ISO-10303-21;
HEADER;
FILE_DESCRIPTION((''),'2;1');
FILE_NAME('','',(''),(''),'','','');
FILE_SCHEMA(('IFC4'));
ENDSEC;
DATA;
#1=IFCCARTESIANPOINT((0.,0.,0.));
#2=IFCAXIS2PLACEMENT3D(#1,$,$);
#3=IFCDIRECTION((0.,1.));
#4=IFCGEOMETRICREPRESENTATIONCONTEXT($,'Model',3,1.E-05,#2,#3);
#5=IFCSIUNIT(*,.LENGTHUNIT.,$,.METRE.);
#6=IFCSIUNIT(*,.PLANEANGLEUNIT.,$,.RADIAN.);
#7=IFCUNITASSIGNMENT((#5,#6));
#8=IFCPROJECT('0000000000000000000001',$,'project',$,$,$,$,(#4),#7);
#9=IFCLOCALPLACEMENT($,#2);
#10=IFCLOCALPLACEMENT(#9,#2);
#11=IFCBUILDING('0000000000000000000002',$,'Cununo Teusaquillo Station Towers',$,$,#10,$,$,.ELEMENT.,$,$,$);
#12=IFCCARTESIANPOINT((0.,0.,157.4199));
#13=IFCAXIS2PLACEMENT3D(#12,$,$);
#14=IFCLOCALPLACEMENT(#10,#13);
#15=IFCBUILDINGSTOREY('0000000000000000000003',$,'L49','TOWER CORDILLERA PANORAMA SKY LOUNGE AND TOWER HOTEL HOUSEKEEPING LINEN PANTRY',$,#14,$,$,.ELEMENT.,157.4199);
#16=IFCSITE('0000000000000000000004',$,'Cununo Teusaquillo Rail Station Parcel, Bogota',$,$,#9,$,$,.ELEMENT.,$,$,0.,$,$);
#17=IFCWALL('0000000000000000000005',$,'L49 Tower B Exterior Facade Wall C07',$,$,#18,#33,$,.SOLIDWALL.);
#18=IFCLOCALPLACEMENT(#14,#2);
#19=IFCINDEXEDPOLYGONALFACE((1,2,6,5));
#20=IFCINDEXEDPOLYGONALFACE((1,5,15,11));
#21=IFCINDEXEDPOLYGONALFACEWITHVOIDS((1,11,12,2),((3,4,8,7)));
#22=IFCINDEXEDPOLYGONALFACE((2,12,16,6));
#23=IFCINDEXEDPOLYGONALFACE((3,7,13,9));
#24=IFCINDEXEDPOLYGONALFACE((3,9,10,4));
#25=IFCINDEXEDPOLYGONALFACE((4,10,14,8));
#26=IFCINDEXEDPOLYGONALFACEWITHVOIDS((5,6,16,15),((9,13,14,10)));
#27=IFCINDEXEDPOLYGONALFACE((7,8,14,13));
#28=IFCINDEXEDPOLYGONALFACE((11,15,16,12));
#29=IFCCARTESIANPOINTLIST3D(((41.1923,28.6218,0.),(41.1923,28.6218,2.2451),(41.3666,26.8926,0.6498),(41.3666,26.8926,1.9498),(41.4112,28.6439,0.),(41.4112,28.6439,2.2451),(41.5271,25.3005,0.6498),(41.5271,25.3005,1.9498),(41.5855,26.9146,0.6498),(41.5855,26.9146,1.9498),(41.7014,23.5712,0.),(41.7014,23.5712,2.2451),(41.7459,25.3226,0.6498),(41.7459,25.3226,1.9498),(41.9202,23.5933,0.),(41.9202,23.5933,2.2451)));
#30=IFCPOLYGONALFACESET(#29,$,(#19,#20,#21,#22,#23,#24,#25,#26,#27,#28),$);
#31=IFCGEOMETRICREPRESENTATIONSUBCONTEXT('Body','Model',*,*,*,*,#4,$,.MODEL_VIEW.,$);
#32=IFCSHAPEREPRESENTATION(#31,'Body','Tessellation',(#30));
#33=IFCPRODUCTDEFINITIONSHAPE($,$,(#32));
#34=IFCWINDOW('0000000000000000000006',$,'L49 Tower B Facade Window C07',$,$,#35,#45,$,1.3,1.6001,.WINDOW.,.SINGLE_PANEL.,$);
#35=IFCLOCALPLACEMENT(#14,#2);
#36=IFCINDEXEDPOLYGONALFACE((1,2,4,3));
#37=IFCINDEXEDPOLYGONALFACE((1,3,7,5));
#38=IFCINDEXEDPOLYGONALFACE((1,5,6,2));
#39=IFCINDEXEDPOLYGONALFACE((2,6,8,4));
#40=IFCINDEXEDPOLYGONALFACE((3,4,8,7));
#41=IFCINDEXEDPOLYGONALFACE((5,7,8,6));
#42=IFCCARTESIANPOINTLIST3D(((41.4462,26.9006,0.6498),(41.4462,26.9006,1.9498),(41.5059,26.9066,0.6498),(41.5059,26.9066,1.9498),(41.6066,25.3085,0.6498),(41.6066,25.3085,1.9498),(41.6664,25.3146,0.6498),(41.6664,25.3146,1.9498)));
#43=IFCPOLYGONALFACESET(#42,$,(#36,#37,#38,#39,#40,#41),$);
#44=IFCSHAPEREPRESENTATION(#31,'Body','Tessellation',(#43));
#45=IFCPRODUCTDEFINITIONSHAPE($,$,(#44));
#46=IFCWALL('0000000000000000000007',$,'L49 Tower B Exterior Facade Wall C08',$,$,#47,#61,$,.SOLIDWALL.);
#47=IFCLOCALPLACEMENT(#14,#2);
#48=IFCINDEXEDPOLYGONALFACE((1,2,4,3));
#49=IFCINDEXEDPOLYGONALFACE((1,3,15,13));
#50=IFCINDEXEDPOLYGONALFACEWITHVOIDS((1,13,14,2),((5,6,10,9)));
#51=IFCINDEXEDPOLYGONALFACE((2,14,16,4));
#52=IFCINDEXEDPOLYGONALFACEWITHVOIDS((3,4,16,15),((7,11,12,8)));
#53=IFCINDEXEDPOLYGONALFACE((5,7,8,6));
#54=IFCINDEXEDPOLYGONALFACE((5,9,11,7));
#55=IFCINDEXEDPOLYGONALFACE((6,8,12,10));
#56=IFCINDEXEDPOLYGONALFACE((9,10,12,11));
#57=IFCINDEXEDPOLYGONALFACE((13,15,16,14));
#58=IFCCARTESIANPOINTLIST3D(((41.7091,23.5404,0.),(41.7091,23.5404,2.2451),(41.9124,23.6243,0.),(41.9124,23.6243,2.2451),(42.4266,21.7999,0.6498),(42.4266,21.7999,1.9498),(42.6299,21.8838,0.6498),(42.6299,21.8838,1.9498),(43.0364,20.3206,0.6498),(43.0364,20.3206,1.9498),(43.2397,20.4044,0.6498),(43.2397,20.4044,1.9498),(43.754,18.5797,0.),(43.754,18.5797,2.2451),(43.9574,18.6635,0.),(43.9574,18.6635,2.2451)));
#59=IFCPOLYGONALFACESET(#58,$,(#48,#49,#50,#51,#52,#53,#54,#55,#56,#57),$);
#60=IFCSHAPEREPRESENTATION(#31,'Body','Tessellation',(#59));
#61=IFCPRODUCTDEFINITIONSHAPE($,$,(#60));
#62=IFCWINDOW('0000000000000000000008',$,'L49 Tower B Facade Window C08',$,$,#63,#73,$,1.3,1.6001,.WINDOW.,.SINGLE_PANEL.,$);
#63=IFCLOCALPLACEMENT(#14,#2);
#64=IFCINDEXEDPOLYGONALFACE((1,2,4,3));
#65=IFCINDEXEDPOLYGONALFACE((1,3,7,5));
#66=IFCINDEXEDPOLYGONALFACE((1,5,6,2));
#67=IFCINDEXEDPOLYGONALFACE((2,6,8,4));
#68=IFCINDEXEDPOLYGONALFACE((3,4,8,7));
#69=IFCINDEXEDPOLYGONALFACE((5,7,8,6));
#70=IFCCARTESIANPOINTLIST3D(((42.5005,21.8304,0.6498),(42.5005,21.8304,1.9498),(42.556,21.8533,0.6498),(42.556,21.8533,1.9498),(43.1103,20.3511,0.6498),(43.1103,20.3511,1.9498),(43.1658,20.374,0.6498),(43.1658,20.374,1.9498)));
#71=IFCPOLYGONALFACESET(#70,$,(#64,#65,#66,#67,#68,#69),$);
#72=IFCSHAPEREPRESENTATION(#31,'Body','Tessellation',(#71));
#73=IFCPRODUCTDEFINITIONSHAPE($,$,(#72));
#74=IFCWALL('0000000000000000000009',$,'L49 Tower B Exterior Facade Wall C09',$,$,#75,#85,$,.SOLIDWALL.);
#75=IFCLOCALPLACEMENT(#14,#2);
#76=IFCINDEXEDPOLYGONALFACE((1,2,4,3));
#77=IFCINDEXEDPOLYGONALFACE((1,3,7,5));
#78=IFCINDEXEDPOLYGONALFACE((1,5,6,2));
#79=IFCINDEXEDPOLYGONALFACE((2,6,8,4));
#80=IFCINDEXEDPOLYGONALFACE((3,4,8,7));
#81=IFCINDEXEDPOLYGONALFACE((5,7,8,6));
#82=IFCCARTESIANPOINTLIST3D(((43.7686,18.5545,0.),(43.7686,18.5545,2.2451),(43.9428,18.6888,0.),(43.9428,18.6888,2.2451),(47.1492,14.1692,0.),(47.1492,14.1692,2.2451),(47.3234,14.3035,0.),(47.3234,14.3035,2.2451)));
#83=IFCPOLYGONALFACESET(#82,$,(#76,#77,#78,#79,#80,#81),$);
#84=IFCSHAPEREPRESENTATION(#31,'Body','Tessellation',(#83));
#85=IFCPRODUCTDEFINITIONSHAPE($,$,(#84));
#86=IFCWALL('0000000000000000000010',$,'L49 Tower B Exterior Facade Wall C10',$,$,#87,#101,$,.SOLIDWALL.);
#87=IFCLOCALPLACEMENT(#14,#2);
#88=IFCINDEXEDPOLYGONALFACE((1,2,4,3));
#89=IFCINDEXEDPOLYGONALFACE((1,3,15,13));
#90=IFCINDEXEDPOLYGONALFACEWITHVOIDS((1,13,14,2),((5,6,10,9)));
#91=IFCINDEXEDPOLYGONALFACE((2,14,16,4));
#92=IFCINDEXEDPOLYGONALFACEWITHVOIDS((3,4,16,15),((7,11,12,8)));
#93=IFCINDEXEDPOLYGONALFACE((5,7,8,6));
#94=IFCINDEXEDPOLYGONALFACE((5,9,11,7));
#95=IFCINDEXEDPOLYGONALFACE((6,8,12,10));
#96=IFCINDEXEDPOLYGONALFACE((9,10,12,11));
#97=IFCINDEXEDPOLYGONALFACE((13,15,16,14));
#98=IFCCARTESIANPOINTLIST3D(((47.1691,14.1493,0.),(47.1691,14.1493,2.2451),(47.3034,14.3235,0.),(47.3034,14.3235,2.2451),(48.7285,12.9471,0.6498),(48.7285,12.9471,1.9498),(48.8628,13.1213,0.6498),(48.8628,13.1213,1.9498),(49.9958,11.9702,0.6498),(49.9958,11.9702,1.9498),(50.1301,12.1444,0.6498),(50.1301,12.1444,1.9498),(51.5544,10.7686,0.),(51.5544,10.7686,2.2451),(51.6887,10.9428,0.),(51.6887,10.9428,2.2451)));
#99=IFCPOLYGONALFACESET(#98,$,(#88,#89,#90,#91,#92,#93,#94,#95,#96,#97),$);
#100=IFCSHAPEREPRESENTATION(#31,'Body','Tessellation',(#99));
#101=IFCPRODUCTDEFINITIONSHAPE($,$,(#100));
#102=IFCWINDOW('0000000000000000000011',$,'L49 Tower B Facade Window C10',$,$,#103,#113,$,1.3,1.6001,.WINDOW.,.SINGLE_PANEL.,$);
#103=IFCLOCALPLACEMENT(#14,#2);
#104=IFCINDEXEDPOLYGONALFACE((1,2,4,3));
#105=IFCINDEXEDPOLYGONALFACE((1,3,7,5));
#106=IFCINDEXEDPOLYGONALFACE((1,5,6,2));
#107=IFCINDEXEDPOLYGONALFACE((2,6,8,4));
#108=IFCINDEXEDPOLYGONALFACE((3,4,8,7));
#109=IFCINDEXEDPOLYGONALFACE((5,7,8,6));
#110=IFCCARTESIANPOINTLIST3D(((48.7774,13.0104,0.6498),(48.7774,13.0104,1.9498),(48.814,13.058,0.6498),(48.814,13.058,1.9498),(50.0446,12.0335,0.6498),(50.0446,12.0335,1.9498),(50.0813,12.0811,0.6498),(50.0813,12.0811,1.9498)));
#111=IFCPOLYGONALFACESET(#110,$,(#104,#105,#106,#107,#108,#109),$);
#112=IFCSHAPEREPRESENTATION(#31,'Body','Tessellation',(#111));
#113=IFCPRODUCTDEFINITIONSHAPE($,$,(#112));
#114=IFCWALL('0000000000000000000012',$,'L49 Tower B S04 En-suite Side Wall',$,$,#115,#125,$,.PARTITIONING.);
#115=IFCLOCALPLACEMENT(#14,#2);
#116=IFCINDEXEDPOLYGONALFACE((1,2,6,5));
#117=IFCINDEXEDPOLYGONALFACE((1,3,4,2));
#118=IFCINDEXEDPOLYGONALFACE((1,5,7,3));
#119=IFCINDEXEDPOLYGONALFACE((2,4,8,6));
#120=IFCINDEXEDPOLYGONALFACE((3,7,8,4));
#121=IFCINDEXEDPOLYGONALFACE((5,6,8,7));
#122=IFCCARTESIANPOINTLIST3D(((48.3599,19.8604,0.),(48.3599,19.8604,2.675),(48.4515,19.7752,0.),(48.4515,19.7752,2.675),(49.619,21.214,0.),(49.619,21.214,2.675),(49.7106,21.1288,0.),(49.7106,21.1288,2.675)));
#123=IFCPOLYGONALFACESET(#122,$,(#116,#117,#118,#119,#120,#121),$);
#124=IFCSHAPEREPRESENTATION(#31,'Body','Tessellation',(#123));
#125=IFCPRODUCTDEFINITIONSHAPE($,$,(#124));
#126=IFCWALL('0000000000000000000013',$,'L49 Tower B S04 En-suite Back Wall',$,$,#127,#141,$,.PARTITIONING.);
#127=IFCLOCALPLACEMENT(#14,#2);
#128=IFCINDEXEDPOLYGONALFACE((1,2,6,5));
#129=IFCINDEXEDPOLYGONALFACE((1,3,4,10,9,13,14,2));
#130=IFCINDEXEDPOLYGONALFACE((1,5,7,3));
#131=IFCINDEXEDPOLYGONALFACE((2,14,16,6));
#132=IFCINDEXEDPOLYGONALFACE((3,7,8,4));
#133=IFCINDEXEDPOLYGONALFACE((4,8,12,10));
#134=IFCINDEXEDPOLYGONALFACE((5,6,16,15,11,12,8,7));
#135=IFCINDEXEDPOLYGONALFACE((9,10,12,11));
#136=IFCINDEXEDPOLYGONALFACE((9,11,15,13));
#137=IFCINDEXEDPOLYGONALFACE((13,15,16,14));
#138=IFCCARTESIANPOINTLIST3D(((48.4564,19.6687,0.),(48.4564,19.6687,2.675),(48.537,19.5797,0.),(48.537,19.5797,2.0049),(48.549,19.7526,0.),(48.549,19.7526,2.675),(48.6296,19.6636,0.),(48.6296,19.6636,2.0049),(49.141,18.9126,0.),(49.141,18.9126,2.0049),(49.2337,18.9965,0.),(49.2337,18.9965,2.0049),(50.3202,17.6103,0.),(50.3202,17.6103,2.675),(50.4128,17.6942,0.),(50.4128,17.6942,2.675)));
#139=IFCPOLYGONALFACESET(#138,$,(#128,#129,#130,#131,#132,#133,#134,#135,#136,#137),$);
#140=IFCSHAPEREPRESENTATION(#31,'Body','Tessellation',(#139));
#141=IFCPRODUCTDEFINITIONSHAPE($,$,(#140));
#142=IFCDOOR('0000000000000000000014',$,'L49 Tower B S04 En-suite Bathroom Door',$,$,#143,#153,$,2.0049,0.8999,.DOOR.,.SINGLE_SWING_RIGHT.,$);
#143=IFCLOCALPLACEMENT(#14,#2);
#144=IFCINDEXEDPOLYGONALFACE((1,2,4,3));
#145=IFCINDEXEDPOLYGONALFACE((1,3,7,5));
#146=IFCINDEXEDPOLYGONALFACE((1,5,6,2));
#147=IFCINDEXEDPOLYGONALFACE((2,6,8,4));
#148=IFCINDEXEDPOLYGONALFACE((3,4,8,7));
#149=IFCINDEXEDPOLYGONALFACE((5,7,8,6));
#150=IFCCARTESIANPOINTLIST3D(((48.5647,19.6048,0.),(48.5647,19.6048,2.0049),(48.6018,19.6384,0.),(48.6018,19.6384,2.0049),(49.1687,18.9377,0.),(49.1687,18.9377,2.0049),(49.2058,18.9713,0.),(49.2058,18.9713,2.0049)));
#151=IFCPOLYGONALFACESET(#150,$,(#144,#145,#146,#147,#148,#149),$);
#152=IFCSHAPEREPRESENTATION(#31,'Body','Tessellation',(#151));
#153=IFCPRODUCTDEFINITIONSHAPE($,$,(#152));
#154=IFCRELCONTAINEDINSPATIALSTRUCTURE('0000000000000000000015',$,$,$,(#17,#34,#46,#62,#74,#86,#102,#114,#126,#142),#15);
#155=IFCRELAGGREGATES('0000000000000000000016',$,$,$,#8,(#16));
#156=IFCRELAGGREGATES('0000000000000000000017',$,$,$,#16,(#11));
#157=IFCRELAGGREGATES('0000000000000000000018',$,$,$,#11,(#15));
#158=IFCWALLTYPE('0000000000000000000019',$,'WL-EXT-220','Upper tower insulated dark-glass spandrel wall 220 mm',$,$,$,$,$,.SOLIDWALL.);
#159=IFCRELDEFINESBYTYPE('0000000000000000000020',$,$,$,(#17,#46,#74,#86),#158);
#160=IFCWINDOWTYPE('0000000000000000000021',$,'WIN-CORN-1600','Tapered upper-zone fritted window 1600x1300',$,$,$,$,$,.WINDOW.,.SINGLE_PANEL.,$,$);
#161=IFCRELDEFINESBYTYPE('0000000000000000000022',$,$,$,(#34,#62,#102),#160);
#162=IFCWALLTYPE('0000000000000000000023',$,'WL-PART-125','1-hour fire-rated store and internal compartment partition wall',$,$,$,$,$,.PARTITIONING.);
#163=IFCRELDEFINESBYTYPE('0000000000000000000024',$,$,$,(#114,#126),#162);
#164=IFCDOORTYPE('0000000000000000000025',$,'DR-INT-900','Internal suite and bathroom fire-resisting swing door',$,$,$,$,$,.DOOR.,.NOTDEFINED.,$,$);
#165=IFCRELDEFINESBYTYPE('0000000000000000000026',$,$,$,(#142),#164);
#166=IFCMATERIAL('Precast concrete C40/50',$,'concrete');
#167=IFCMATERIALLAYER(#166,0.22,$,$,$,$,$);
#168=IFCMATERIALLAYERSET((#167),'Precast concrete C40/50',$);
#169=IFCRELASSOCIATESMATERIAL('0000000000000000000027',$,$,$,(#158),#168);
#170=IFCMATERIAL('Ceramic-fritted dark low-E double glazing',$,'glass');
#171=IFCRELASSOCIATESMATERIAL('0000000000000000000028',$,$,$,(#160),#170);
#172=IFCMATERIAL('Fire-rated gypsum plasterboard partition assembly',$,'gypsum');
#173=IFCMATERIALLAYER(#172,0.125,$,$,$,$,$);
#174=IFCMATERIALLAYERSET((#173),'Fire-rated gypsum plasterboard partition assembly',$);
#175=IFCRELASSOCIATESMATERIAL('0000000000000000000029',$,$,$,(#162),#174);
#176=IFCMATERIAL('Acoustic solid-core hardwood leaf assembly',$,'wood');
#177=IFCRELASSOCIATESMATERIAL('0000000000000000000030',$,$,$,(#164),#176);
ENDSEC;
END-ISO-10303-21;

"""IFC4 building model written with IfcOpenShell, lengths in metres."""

from ifc_helpers import new_model, si_unit, direction, frame, frame_2d, origin, place, context, subcontext, project, spatial, rectangle, extrude, source, transform, mapped, material, layer, layer_set, type_object, element, fill, save


model = new_model("IFC4")

# Units and contexts
model_context = context("Model", 3, precision=1e-05, world=origin(), true_north=direction((0.0, 1.0)))
body_context = subcontext(model_context, "Body", "Model", "MODEL_VIEW")
ifc_project = project(units=[si_unit("LENGTHUNIT", "METRE"), si_unit("PLANEANGLEUNIT", "RADIAN")], contexts=[model_context])

# Site, building, storey
site_placement = place(None, origin())
site = spatial("IfcSite", under=ifc_project, at=site_placement, Name="Cununo Teusaquillo Rail Station Parcel, Bogota", CompositionType="ELEMENT", RefElevation=0.0)
building_placement = place(site_placement, origin())
building = spatial("IfcBuilding", under=site, at=building_placement, Name="Cununo Teusaquillo Station Towers", CompositionType="ELEMENT")
storey_placement = place(building_placement, frame((0.0, 0.0, 157.4199)))
storey = spatial("IfcBuildingStorey", under=building, at=storey_placement, Name="L49", Description="TOWER CORDILLERA PANORAMA SKY LOUNGE AND TOWER HOTEL HOUSEKEEPING LINEN PANTRY", CompositionType="ELEMENT", Elevation=157.4199)

# Shared definitions
ifc_material_1 = material(Name="Precast concrete C40/50", Category="concrete")
ifc_layer_1 = layer(ifc_material_1, 0.22)
ifc_layer_set_1 = layer_set([ifc_layer_1], Name="Precast concrete C40/50")
wall_type_1 = type_object("IfcWallType", Name="WL-EXT-220", Description="Upper tower insulated dark-glass spandrel wall 220 mm", PredefinedType="SOLIDWALL", material=ifc_layer_set_1)

# Walls, openings, windows
shared_shape_1 = source(origin(), body_context, "Body", "SweptSolid", [
    extrude(rectangle(XDim=1.6001, YDim=1.3, at=frame_2d((0.8, 0.6499))), frame((0.0, 0.1199, 0.0), z_axis=(0.0, -1.0, 0.0), x_axis=(1.0, 0.0, 0.0)), (0.0, 0.0, 1.0), 0.24),
])
ifc_material_2 = material(Name="Ceramic-fritted dark low-E double glazing", Category="glass")
window_type = type_object("IfcWindowType", Name="WIN-CORN-1600", Description="Tapered upper-zone fritted window 1600x1300", PartitioningType="SINGLE_PANEL", PredefinedType="WINDOW", material=ifc_material_2)
shared_shape_2 = source(origin(), body_context, "Body", "SweptSolid", [
    extrude(rectangle(XDim=1.6001, YDim=1.3, at=frame_2d((0.8, 0.6499))), frame((0.0, 0.03, 0.0), z_axis=(0.0, -1.0, 0.0), x_axis=(1.0, 0.0, 0.0)), (0.0, 0.0, 1.0), 0.0601),
])
wall_1_placement = place(storey_placement, frame((41.8108, 23.5823, 0.0), z_axis=(0.0, 0.0, 1.0), x_axis=(-0.10028, 0.994959, 0.0)))
wall_1 = element("IfcWall", 1, at=wall_1_placement, inside=storey, type_object=wall_type_1, Name="L49 Tower B Exterior Facade Wall C07", PredefinedType="SOLIDWALL", context=body_context, shape_type="SweptSolid", body=[
    extrude(rectangle(XDim=5.0762, YDim=0.22, at=frame_2d((2.5381, 0.0))), origin(), (0.0, 0.0, 1.0), 2.2451),
])
opening_1_placement = place(wall_1_placement, frame((1.738, 0.0, 0.6499)))
opening_1 = element("IfcOpeningElement", 2, at=opening_1_placement, cuts=wall_1, PredefinedType="OPENING", context=body_context, shape_type="MappedRepresentation", body=[
    mapped(shared_shape_1, transform((0.0, 0.0, 0.0), x_axis=(1.0, 0.0, 0.0), y_axis=(0.0, 1.0, 0.0), z_axis=(0.0, 0.0, 1.0), scale=1.0)),
])
window_1_placement = place(opening_1_placement, origin())
window_1 = element("IfcWindow", 3, at=window_1_placement, inside=storey, type_object=window_type, Name="L49 Tower B Facade Window C07", OverallHeight=1.3, OverallWidth=1.6001, PartitioningType="SINGLE_PANEL", PredefinedType="WINDOW", context=body_context, shape_type="MappedRepresentation", body=[
    mapped(shared_shape_2, transform((0.0, 0.0, 0.0), x_axis=(1.0, 0.0, 0.0), y_axis=(0.0, 1.0, 0.0), z_axis=(0.0, 0.0, 1.0), scale=1.0)),
])
fill(opening_1, window_1)
wall_2_placement = place(storey_placement, frame((43.8557, 18.6216, 0.0), z_axis=(0.0, 0.0, 1.0), x_axis=(-0.381114, 0.924528, 0.0)))
wall_2 = element("IfcWall", 4, at=wall_2_placement, inside=storey, type_object=wall_type_1, Name="L49 Tower B Exterior Facade Wall C08", PredefinedType="SOLIDWALL", context=body_context, shape_type="SweptSolid", body=[
    extrude(rectangle(XDim=5.3657, YDim=0.22, at=frame_2d((2.6829, 0.0))), origin(), (0.0, 0.0, 1.0), 2.2451),
])
opening_2_placement = place(wall_2_placement, frame((1.8831, 0.0, 0.6499)))
opening_2 = element("IfcOpeningElement", 5, at=opening_2_placement, cuts=wall_2, PredefinedType="OPENING", context=body_context, shape_type="MappedRepresentation", body=[
    mapped(shared_shape_1, transform((0.0, 0.0, 0.0), x_axis=(1.0, 0.0, 0.0), y_axis=(0.0, 1.0, 0.0), z_axis=(0.0, 0.0, 1.0), scale=1.0)),
])
window_2_placement = place(opening_2_placement, origin())
window_2 = element("IfcWindow", 6, at=window_2_placement, inside=storey, type_object=window_type, Name="L49 Tower B Facade Window C08", OverallHeight=1.3, OverallWidth=1.6001, PartitioningType="SINGLE_PANEL", PredefinedType="WINDOW", context=body_context, shape_type="MappedRepresentation", body=[
    mapped(shared_shape_2, transform((0.0, 0.0, 0.0), x_axis=(1.0, 0.0, 0.0), y_axis=(0.0, 1.0, 0.0), z_axis=(0.0, 0.0, 1.0), scale=1.0)),
])
fill(opening_2, window_2)

# Wall
wall_3_placement = place(storey_placement, frame((47.2363, 14.2363, 0.0), z_axis=(0.0, 0.0, 1.0), x_axis=(-0.610544, 0.791983, 0.0)))
element("IfcWall", 7, at=wall_3_placement, inside=storey, type_object=wall_type_1, Name="L49 Tower B Exterior Facade Wall C09", PredefinedType="SOLIDWALL", context=body_context, shape_type="SweptSolid", body=[
    extrude(rectangle(XDim=5.5371, YDim=0.22, at=frame_2d((2.7686, 0.0))), origin(), (0.0, 0.0, 1.0), 2.2451),
])

# Wall, opening, window
wall_4_placement = place(storey_placement, frame((51.6216, 10.8557, 0.0), z_axis=(0.0, 0.0, 1.0), x_axis=(-0.791983, 0.610544, 0.0)))
wall_4 = element("IfcWall", 8, at=wall_4_placement, inside=storey, type_object=wall_type_1, Name="L49 Tower B Exterior Facade Wall C10", PredefinedType="SOLIDWALL", context=body_context, shape_type="SweptSolid", body=[
    extrude(rectangle(XDim=5.5371, YDim=0.22, at=frame_2d((2.7686, 0.0))), origin(), (0.0, 0.0, 1.0), 2.2451),
])
opening_3_placement = place(wall_4_placement, frame((1.968, 0.0, 0.6499)))
opening_3 = element("IfcOpeningElement", 9, at=opening_3_placement, cuts=wall_4, PredefinedType="OPENING", context=body_context, shape_type="MappedRepresentation", body=[
    mapped(shared_shape_1, transform((0.0, 0.0, 0.0), x_axis=(1.0, 0.0, 0.0), y_axis=(0.0, 1.0, 0.0), z_axis=(0.0, 0.0, 1.0), scale=1.0)),
])
window_3_placement = place(opening_3_placement, origin())
window_3 = element("IfcWindow", 10, at=window_3_placement, inside=storey, type_object=window_type, Name="L49 Tower B Facade Window C10", OverallHeight=1.3, OverallWidth=1.6001, PartitioningType="SINGLE_PANEL", PredefinedType="WINDOW", context=body_context, shape_type="MappedRepresentation", body=[
    mapped(shared_shape_2, transform((0.0, 0.0, 0.0), x_axis=(1.0, 0.0, 0.0), y_axis=(0.0, 1.0, 0.0), z_axis=(0.0, 0.0, 1.0), scale=1.0)),
])
fill(opening_3, window_3)

# Wall
ifc_material_3 = material(Name="Fire-rated gypsum plasterboard partition assembly", Category="gypsum")
ifc_layer_2 = layer(ifc_material_3, 0.125)
ifc_layer_set_2 = layer_set([ifc_layer_2], Name="Fire-rated gypsum plasterboard partition assembly")
wall_type_2 = type_object("IfcWallType", Name="WL-PART-125", Description="1-hour fire-rated store and internal compartment partition wall", PredefinedType="PARTITIONING", material=ifc_layer_set_2)
wall_5_placement = place(storey_placement, frame((49.6648, 21.1714, 0.0), z_axis=(0.0, 0.0, 1.0), x_axis=(-0.681089, -0.732201, 0.0)))
element("IfcWall", 11, at=wall_5_placement, inside=storey, type_object=wall_type_2, Name="L49 Tower B S04 En-suite Side Wall", PredefinedType="PARTITIONING", context=body_context, shape_type="SweptSolid", body=[
    extrude(rectangle(XDim=1.8486, YDim=0.125, at=frame_2d((0.9243, 0.0))), origin(), (0.0, 0.0, 1.0), 2.675),
])

# Wall, opening, door
wall_6_placement = place(storey_placement, frame((48.5027, 19.7107, 0.0), z_axis=(0.0, 0.0, 1.0), x_axis=(0.671201, -0.741275, 0.0)))
wall_6 = element("IfcWall", 12, at=wall_6_placement, inside=storey, type_object=wall_type_2, Name="L49 Tower B S04 En-suite Back Wall", PredefinedType="PARTITIONING", context=body_context, shape_type="SweptSolid", body=[
    extrude(rectangle(XDim=2.7769, YDim=0.125, at=frame_2d((1.3884, 0.0))), origin(), (0.0, 0.0, 1.0), 2.675),
])
shared_shape_3 = source(origin(), body_context, "Body", "SweptSolid", [
    extrude(rectangle(XDim=0.8999, YDim=2.0049, at=frame_2d((0.45, 1.0024))), frame((0.0, 0.0725, 0.0), z_axis=(0.0, -1.0, 0.0), x_axis=(1.0, 0.0, 0.0)), (0.0, 0.0, 1.0), 0.145),
])
opening_4_placement = place(wall_6_placement, frame((0.1201, 0.0, 0.0)))
opening_4 = element("IfcOpeningElement", 13, at=opening_4_placement, cuts=wall_6, PredefinedType="OPENING", context=body_context, shape_type="MappedRepresentation", body=[
    mapped(shared_shape_3, transform((0.0, 0.0, 0.0), x_axis=(1.0, 0.0, 0.0), y_axis=(0.0, 1.0, 0.0), z_axis=(0.0, 0.0, 1.0), scale=1.0)),
])
ifc_material_4 = material(Name="Acoustic solid-core hardwood leaf assembly", Category="wood")
door_type_1 = type_object("IfcDoorType", Name="DR-INT-900", Description="Internal suite and bathroom fire-resisting swing door", OperationType="NOTDEFINED", PredefinedType="DOOR", material=ifc_material_4)
shared_shape_4 = source(origin(), body_context, "Body", "SweptSolid", [
    extrude(rectangle(XDim=0.8999, YDim=2.0049, at=frame_2d((0.45, 1.0024))), frame((0.0, 0.0249, 0.0), z_axis=(0.0, -1.0, 0.0), x_axis=(1.0, 0.0, 0.0)), (0.0, 0.0, 1.0), 0.05),
])
door_1_placement = place(opening_4_placement, origin())
door_1 = element("IfcDoor", 14, at=door_1_placement, inside=storey, type_object=door_type_1, Name="L49 Tower B S04 En-suite Bathroom Door", OperationType="SINGLE_SWING_RIGHT", OverallHeight=2.0049, OverallWidth=0.8999, PredefinedType="DOOR", context=body_context, shape_type="MappedRepresentation", body=[
    mapped(shared_shape_4, transform((0.0, 0.0, 0.0), x_axis=(1.0, 0.0, 0.0), y_axis=(0.0, 1.0, 0.0), z_axis=(0.0, 0.0, 1.0), scale=1.0)),
])
fill(opening_4, door_1)

save(model, "model.ifc")
